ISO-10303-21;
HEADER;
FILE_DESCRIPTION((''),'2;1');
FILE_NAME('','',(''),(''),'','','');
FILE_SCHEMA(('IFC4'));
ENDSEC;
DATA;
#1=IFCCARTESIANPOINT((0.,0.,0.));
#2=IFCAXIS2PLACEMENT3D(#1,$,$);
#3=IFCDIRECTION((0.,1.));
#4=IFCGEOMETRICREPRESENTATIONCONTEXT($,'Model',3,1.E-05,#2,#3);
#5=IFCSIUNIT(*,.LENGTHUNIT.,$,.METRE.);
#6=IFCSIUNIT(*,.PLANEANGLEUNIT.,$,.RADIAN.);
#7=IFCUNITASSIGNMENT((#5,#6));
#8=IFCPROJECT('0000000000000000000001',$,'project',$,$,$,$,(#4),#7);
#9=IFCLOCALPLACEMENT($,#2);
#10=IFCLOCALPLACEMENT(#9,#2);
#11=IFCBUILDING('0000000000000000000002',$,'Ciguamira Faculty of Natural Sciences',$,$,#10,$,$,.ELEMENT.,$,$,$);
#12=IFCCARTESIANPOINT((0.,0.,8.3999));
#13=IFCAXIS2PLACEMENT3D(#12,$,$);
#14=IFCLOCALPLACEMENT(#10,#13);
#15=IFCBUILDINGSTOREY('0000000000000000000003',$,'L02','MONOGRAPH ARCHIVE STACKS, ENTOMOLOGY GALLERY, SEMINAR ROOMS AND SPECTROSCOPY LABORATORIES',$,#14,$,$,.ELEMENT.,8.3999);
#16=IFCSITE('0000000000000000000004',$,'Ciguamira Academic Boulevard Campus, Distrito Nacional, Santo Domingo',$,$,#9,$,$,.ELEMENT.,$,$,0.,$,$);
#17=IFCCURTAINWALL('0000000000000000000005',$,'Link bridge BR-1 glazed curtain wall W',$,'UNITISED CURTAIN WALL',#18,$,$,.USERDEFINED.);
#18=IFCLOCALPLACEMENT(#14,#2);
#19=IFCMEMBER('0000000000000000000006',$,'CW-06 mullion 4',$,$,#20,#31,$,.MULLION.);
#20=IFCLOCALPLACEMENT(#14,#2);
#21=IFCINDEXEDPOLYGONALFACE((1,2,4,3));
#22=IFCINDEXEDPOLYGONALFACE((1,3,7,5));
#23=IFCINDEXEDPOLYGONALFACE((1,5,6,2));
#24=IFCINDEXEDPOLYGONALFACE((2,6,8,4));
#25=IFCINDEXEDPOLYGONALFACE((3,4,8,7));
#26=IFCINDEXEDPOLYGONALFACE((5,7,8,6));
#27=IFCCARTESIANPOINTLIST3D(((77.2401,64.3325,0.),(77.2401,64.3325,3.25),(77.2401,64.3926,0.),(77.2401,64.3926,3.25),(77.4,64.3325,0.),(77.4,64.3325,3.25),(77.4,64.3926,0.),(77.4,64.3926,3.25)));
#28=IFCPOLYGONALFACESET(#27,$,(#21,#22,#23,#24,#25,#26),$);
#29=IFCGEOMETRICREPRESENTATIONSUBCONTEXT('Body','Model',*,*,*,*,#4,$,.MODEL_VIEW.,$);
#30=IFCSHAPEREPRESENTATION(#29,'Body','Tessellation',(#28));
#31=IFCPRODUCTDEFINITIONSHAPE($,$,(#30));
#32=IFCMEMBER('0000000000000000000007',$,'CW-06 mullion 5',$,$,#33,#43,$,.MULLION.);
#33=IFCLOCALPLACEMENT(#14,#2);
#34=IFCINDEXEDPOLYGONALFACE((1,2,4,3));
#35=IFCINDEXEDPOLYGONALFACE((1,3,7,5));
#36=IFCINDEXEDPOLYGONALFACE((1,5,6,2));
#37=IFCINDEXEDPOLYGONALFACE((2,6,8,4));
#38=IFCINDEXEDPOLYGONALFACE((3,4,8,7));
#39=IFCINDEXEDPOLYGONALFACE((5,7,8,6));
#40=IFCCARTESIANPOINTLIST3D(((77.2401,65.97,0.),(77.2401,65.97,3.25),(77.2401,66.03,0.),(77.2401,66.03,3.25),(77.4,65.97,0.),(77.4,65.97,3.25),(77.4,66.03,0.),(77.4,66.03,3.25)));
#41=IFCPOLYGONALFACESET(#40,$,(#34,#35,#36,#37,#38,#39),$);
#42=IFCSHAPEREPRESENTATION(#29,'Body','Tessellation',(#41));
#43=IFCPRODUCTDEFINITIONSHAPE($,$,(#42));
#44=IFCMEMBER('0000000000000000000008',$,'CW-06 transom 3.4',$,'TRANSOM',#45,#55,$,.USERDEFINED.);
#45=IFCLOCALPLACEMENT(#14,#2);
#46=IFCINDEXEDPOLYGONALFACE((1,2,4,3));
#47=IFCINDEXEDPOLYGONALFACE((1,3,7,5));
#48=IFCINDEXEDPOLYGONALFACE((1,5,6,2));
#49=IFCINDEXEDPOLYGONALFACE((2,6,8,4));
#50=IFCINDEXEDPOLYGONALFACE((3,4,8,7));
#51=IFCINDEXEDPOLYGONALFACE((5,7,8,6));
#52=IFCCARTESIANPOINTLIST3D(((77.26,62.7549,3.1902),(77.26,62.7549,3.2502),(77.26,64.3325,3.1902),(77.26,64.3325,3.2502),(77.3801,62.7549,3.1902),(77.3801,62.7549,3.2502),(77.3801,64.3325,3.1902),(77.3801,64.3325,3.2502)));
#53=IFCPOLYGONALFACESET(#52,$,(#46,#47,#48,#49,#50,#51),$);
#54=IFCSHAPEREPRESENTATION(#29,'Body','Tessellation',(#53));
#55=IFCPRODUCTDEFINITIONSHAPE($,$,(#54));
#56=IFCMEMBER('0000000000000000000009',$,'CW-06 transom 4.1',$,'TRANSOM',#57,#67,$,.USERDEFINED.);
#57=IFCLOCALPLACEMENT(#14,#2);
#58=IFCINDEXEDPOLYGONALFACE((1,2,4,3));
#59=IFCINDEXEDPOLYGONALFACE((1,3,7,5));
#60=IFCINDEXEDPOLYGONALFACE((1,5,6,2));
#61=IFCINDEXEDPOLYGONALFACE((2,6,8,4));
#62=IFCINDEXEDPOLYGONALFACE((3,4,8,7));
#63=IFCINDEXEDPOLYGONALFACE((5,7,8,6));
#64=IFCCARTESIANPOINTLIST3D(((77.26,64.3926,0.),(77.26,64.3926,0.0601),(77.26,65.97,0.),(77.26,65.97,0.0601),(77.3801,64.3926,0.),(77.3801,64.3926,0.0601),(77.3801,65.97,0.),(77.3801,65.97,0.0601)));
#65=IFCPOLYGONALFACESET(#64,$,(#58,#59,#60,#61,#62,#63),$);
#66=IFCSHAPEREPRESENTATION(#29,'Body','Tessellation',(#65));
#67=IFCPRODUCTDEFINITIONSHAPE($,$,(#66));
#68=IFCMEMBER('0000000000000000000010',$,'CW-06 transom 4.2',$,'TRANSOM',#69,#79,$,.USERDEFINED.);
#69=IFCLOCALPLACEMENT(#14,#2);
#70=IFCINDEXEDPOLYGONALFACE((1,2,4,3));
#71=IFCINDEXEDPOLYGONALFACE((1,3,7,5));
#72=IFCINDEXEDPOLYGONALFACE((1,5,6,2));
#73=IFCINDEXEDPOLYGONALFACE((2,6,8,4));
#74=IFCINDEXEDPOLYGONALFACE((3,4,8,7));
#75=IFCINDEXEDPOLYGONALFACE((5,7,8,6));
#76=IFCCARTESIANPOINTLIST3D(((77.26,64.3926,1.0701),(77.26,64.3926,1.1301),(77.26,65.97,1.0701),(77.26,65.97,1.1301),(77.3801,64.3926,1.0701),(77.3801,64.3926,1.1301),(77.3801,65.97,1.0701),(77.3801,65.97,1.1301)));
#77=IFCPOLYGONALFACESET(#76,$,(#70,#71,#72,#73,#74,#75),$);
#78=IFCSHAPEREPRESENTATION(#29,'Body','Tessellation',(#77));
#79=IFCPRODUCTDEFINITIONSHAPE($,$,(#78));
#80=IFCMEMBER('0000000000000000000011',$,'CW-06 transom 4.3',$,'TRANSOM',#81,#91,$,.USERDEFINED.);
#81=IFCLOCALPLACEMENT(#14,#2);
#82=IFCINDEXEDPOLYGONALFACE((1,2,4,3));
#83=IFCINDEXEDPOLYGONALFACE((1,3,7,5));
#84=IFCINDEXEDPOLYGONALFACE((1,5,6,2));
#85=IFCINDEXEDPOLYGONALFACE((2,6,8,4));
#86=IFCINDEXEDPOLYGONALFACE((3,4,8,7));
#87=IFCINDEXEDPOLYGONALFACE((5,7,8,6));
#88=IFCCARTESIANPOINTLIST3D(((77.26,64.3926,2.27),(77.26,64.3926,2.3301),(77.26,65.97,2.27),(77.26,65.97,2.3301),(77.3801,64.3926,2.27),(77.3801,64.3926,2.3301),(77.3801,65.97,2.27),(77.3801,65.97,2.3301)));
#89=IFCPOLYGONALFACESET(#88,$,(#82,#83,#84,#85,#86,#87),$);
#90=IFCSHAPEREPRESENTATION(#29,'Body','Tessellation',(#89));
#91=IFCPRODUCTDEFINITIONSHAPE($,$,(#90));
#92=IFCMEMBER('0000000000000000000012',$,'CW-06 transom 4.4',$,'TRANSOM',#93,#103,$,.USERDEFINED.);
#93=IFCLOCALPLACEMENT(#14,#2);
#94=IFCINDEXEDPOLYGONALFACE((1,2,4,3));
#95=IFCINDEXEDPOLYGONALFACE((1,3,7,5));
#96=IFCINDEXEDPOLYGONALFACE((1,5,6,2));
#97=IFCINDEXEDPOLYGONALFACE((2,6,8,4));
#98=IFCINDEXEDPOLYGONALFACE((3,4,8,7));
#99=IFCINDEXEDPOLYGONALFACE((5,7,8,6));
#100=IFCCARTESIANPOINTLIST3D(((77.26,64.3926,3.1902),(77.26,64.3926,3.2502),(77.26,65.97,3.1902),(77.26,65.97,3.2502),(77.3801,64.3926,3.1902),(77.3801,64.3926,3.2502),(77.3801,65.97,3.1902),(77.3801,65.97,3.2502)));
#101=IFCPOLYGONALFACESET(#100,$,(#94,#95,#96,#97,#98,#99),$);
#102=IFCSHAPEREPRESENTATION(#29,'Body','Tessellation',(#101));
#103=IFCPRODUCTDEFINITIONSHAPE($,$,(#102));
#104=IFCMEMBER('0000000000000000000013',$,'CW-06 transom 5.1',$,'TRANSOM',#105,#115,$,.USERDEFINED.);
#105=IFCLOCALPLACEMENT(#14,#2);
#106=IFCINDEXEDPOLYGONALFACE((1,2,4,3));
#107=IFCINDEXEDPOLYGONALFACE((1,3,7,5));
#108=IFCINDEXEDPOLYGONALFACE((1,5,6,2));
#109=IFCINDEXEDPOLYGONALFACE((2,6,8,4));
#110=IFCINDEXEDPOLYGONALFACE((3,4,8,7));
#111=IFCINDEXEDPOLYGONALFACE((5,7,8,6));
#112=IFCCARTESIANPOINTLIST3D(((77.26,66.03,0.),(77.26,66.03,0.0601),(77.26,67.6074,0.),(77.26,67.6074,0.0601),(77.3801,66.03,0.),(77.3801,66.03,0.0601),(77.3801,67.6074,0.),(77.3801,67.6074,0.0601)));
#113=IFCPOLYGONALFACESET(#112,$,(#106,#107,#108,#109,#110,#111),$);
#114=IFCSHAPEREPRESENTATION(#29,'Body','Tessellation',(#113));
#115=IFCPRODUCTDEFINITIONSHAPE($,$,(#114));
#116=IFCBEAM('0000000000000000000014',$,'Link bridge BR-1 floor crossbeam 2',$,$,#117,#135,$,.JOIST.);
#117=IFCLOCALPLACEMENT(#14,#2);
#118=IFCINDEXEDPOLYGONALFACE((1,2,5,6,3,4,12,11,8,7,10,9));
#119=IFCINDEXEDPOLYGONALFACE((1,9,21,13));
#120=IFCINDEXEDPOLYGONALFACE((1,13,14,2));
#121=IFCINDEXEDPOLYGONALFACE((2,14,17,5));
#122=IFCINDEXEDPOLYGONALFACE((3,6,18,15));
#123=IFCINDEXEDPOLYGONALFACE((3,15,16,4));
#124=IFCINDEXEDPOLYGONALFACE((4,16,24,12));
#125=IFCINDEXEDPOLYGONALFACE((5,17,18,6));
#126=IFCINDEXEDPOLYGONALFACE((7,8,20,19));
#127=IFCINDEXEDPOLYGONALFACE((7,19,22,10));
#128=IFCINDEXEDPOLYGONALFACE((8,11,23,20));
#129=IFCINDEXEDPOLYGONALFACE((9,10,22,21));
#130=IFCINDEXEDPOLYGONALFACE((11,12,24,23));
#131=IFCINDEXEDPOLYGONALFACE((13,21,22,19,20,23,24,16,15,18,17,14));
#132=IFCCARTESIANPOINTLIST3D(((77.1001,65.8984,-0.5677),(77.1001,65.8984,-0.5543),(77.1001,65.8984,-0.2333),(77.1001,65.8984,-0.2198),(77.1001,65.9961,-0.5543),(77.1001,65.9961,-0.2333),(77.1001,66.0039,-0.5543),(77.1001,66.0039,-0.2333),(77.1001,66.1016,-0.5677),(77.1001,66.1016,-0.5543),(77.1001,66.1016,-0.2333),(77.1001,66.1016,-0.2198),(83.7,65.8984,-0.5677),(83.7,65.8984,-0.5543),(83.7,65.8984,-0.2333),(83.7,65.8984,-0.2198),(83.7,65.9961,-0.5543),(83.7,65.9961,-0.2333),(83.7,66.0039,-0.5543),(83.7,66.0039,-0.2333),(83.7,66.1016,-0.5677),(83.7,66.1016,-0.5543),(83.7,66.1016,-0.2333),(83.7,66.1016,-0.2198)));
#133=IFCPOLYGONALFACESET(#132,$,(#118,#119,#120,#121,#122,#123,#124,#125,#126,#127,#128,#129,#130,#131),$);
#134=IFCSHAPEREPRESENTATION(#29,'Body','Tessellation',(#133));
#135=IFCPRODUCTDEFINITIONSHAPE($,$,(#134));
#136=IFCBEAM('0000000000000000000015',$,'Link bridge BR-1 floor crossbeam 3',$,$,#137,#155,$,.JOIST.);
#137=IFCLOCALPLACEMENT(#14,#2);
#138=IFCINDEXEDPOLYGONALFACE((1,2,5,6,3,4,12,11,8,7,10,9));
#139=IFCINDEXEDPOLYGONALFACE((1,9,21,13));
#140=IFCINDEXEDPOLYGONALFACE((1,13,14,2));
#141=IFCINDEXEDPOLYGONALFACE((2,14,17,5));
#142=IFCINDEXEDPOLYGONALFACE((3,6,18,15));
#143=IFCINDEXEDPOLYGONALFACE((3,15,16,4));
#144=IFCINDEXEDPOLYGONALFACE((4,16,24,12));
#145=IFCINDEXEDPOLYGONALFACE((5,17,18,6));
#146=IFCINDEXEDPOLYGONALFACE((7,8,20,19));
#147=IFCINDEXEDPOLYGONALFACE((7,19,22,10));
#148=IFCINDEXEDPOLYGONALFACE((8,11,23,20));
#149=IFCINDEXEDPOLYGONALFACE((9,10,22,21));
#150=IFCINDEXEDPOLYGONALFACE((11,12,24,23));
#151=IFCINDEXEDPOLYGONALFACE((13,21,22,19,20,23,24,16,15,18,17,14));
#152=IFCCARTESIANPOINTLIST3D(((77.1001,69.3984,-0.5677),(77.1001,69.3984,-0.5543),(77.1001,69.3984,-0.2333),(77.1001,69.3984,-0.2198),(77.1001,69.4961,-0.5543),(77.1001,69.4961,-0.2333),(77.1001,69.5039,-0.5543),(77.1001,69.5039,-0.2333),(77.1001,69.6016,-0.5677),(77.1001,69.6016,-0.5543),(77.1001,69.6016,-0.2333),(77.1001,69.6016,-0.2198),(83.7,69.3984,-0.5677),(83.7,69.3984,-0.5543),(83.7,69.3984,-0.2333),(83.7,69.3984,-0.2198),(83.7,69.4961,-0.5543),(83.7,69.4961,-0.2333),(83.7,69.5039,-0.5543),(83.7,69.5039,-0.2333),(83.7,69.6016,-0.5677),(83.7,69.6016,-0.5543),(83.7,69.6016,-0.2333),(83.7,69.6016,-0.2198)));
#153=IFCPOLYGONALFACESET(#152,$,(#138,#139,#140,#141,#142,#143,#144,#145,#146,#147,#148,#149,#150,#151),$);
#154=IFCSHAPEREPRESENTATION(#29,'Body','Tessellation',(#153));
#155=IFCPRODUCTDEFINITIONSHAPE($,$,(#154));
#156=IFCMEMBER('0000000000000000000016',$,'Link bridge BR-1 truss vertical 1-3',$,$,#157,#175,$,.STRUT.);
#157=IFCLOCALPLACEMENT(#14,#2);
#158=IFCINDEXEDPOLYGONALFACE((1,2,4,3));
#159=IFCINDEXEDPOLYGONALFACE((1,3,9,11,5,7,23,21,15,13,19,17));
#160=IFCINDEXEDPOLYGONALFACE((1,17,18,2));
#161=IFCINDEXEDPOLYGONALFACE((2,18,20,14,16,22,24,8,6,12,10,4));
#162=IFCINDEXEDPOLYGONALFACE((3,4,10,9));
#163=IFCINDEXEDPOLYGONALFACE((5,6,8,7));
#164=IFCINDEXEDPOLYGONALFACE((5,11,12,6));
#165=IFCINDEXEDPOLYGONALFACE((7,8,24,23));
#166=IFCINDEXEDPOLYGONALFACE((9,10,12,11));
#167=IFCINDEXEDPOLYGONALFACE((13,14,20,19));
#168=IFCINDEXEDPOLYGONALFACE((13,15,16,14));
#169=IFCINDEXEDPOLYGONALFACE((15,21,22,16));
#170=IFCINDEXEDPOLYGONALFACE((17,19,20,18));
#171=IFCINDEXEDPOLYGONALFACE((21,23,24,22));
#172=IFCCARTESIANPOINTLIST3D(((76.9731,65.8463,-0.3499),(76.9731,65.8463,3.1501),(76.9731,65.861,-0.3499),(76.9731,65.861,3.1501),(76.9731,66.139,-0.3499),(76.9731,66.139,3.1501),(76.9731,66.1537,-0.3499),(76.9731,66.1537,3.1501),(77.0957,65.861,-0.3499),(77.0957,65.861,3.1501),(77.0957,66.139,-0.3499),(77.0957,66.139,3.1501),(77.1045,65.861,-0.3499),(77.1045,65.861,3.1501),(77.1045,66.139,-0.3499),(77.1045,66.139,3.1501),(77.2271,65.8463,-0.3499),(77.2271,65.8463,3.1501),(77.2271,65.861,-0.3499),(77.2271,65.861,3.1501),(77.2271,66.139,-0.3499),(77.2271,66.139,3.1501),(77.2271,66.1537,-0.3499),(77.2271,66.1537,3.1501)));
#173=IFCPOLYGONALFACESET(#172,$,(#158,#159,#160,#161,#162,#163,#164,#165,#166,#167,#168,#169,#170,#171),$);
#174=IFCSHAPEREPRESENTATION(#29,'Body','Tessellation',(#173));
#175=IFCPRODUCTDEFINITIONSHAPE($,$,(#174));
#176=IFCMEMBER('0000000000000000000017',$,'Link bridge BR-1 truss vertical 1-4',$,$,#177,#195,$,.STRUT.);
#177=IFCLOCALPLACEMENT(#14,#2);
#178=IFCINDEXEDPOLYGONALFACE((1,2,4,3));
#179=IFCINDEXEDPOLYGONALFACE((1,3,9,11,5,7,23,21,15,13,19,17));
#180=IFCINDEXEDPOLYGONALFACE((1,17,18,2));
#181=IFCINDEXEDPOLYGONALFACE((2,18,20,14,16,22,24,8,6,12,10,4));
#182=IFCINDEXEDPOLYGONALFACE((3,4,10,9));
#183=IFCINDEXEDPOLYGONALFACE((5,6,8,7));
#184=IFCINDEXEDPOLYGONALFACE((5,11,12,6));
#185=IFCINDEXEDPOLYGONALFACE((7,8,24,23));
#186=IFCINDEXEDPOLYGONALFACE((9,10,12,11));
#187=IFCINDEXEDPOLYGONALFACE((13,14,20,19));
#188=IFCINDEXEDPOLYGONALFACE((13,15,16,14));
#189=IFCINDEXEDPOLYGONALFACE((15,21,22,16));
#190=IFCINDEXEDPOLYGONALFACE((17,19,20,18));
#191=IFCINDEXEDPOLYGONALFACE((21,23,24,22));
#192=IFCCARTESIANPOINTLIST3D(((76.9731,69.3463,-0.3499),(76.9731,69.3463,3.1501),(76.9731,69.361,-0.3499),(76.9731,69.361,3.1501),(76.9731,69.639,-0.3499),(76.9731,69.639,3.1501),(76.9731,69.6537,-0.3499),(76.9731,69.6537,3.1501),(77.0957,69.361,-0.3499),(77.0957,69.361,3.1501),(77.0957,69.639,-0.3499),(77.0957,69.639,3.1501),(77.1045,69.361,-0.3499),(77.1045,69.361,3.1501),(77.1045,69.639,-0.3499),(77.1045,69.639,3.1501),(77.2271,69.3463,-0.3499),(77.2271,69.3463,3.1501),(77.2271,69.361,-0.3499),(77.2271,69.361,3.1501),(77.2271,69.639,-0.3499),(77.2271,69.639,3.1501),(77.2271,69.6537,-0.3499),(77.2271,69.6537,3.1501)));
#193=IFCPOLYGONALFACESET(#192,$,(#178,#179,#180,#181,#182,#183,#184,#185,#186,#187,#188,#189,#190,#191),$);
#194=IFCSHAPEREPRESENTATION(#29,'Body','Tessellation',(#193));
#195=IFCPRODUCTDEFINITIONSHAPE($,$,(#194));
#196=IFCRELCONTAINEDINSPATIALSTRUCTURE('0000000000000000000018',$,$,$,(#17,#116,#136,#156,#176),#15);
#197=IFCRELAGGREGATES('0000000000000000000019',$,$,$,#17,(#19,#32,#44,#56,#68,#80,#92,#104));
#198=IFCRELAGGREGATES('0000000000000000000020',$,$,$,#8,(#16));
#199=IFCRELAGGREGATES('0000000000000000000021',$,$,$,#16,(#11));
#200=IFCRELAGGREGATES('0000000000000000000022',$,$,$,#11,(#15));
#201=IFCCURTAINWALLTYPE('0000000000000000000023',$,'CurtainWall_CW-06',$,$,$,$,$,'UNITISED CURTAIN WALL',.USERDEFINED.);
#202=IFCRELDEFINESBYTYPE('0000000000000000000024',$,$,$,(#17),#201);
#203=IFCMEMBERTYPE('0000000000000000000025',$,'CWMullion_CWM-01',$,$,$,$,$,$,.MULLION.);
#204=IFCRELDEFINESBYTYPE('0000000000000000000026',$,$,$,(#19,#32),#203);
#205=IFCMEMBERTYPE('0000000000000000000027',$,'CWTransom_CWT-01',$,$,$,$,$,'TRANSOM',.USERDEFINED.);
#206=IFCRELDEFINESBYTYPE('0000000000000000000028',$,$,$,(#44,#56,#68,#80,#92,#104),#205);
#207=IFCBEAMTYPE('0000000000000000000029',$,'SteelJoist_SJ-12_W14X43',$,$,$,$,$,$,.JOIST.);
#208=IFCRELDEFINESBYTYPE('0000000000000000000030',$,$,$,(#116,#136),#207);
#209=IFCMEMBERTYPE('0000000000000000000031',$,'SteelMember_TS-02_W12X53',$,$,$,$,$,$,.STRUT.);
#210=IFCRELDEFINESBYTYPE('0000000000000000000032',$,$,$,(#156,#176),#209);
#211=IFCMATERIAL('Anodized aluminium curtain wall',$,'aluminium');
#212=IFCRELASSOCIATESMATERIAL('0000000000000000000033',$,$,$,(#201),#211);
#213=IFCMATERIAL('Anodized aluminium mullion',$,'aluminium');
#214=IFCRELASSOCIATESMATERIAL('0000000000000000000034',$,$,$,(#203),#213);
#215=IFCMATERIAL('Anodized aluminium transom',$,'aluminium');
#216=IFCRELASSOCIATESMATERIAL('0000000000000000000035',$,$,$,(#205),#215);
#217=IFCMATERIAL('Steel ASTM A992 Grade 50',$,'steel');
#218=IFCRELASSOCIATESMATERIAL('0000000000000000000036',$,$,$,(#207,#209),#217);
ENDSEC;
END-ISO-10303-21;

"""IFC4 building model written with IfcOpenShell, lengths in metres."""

from ifc_helpers import new_model, si_unit, direction, frame, origin, origin_2d, place, context, subcontext, project, spatial, rectangle, i_section, extrude, material, material_profile, profile_set, type_object, element, aggregate, save


model = new_model("IFC4")

# Units and contexts
model_context = context("Model", 3, precision=1e-05, world=origin(), true_north=direction((0.0, 1.0)))
body_context = subcontext(model_context, "Body", "Model", "MODEL_VIEW")
ifc_project = project(units=[si_unit("LENGTHUNIT", "METRE"), si_unit("PLANEANGLEUNIT", "RADIAN")], contexts=[model_context])

# Site, building, storey
site_placement = place(None, origin())
site = spatial("IfcSite", under=ifc_project, at=site_placement, Name="Ciguamira Academic Boulevard Campus, Distrito Nacional, Santo Domingo", CompositionType="ELEMENT", RefElevation=0.0)
building_placement = place(site_placement, origin())
building = spatial("IfcBuilding", under=site, at=building_placement, Name="Ciguamira Faculty of Natural Sciences", CompositionType="ELEMENT")
storey_placement = place(building_placement, frame((0.0, 0.0, 8.3999)))
storey = spatial("IfcBuildingStorey", under=building, at=storey_placement, Name="L02", Description="MONOGRAPH ARCHIVE STACKS, ENTOMOLOGY GALLERY, SEMINAR ROOMS AND SPECTROSCOPY LABORATORIES", CompositionType="ELEMENT", Elevation=8.3999)

# Curtain wall, members
ifc_material_1 = material(Name="Anodized aluminium curtain wall", Category="aluminium")
curtain_wall_type = type_object("IfcCurtainWallType", Name="CurtainWall_CW-06", ElementType="UNITISED CURTAIN WALL", PredefinedType="USERDEFINED", material=ifc_material_1)
curtain_wall_placement = place(storey_placement, origin())
curtain_wall = element("IfcCurtainWall", 1, at=curtain_wall_placement, inside=storey, type_object=curtain_wall_type, Name="Link bridge BR-1 glazed curtain wall W", ObjectType="UNITISED CURTAIN WALL", PredefinedType="USERDEFINED")
ifc_material_2 = material(Name="Anodized aluminium mullion", Category="aluminium")
ifc_material_profile_1 = material_profile(ifc_material_2, rectangle(XDim=0.0601, YDim=0.1599, at=origin_2d()), Name="ALU-MUL-60X160")
ifc_profile_set_1 = profile_set([ifc_material_profile_1], Name="Anodized aluminium mullion")
member_type_1 = type_object("IfcMemberType", Name="CWMullion_CWM-01", PredefinedType="MULLION", material=ifc_profile_set_1)
member_1_placement = place(storey_placement, frame((77.3201, 64.3625, 0.0), z_axis=(0.0, 0.0, 1.0), x_axis=(0.0, 1.0, 0.0)))
member_1 = element("IfcMember", 2, at=member_1_placement, type_object=member_type_1, Name="CW-06 mullion 4", PredefinedType="MULLION", context=body_context, shape_type="SweptSolid", body=[
    extrude(rectangle(XDim=0.0601, YDim=0.1599, at=origin_2d()), origin(), (0.0, 0.0, 1.0), 3.25),
])
member_2_placement = place(storey_placement, frame((77.3201, 66.0, 0.0), z_axis=(0.0, 0.0, 1.0), x_axis=(0.0, 1.0, 0.0)))
member_2 = element("IfcMember", 3, at=member_2_placement, type_object=member_type_1, Name="CW-06 mullion 5", PredefinedType="MULLION", context=body_context, shape_type="SweptSolid", body=[
    extrude(rectangle(XDim=0.0601, YDim=0.1599, at=origin_2d()), origin(), (0.0, 0.0, 1.0), 3.25),
])
ifc_material_3 = material(Name="Anodized aluminium transom", Category="aluminium")
ifc_material_profile_2 = material_profile(ifc_material_3, rectangle(XDim=0.0601, YDim=0.1201, at=origin_2d()), Name="ALU-TRN-60X120")
ifc_profile_set_2 = profile_set([ifc_material_profile_2], Name="Anodized aluminium transom")
member_type_2 = type_object("IfcMemberType", Name="CWTransom_CWT-01", ElementType="TRANSOM", PredefinedType="USERDEFINED", material=ifc_profile_set_2)
member_3_placement = place(storey_placement, frame((77.3201, 62.7549, 3.2202), z_axis=(0.0, 1.0, 0.0), x_axis=(0.0, 0.0, 1.0)))
member_3 = element("IfcMember", 4, at=member_3_placement, type_object=member_type_2, Name="CW-06 transom 3.4", ObjectType="TRANSOM", PredefinedType="USERDEFINED", context=body_context, shape_type="SweptSolid", body=[
    extrude(rectangle(XDim=0.0601, YDim=0.1201, at=origin_2d()), origin(), (0.0, 0.0, 1.0), 1.5776),
])
member_4_placement = place(storey_placement, frame((77.3201, 64.3926, 0.03), z_axis=(0.0, 1.0, 0.0), x_axis=(0.0, 0.0, 1.0)))
member_4 = element("IfcMember", 5, at=member_4_placement, type_object=member_type_2, Name="CW-06 transom 4.1", ObjectType="TRANSOM", PredefinedType="USERDEFINED", context=body_context, shape_type="SweptSolid", body=[
    extrude(rectangle(XDim=0.0601, YDim=0.1201, at=origin_2d()), origin(), (0.0, 0.0, 1.0), 1.5774),
])
member_5_placement = place(storey_placement, frame((77.3201, 64.3926, 1.1001), z_axis=(0.0, 1.0, 0.0), x_axis=(0.0, 0.0, 1.0)))
member_5 = element("IfcMember", 6, at=member_5_placement, type_object=member_type_2, Name="CW-06 transom 4.2", ObjectType="TRANSOM", PredefinedType="USERDEFINED", context=body_context, shape_type="SweptSolid", body=[
    extrude(rectangle(XDim=0.0601, YDim=0.1201, at=origin_2d()), origin(), (0.0, 0.0, 1.0), 1.5774),
])
member_6_placement = place(storey_placement, frame((77.3201, 64.3926, 2.3), z_axis=(0.0, 1.0, 0.0), x_axis=(0.0, 0.0, 1.0)))
member_6 = element("IfcMember", 7, at=member_6_placement, type_object=member_type_2, Name="CW-06 transom 4.3", ObjectType="TRANSOM", PredefinedType="USERDEFINED", context=body_context, shape_type="SweptSolid", body=[
    extrude(rectangle(XDim=0.0601, YDim=0.1201, at=origin_2d()), origin(), (0.0, 0.0, 1.0), 1.5774),
])
member_7_placement = place(storey_placement, frame((77.3201, 64.3926, 3.2202), z_axis=(0.0, 1.0, 0.0), x_axis=(0.0, 0.0, 1.0)))
member_7 = element("IfcMember", 8, at=member_7_placement, type_object=member_type_2, Name="CW-06 transom 4.4", ObjectType="TRANSOM", PredefinedType="USERDEFINED", context=body_context, shape_type="SweptSolid", body=[
    extrude(rectangle(XDim=0.0601, YDim=0.1201, at=origin_2d()), origin(), (0.0, 0.0, 1.0), 1.5774),
])
member_8_placement = place(storey_placement, frame((77.3201, 66.03, 0.03), z_axis=(0.0, 1.0, 0.0), x_axis=(0.0, 0.0, 1.0)))
member_8 = element("IfcMember", 9, at=member_8_placement, type_object=member_type_2, Name="CW-06 transom 5.1", ObjectType="TRANSOM", PredefinedType="USERDEFINED", context=body_context, shape_type="SweptSolid", body=[
    extrude(rectangle(XDim=0.0601, YDim=0.1201, at=origin_2d()), origin(), (0.0, 0.0, 1.0), 1.5774),
])

# Beams
ifc_material_4 = material(Name="Steel ASTM A992 Grade 50", Category="steel")
ifc_material_profile_3 = material_profile(ifc_material_4, i_section(OverallWidth=0.2031, OverallDepth=0.3479, WebThickness=0.0078, FlangeThickness=0.0134, at=origin_2d()), Name="W14X43")
ifc_profile_set_3 = profile_set([ifc_material_profile_3], Name="Steel ASTM A992 Grade 50")
beam_type = type_object("IfcBeamType", Name="SteelJoist_SJ-12_W14X43", PredefinedType="JOIST", material=ifc_profile_set_3)
for number, where, z_axis, x_axis, name in (
    (10, (77.1001, 66.0, -0.3938), (1.0, 0.0, 0.0), (0.0, 1.0, 0.0), "Link bridge BR-1 floor crossbeam 2"),
    (11, (77.1001, 69.5, -0.3938), (1.0, 0.0, 0.0), (0.0, 1.0, 0.0), "Link bridge BR-1 floor crossbeam 3"),
):
    element("IfcBeam", number, at=place(storey_placement, frame(where, z_axis=z_axis, x_axis=x_axis)), inside=storey, type_object=beam_type, Name=name, PredefinedType="JOIST", context=body_context, shape_type="SweptSolid", body=[
        extrude(i_section(OverallWidth=0.2031, OverallDepth=0.3479, WebThickness=0.0078, FlangeThickness=0.0134, at=origin_2d()), origin(), (0.0, 0.0, 1.0), 6.5999),
    ])

# Members
ifc_material_profile_4 = material_profile(ifc_material_4, i_section(OverallWidth=0.2539, OverallDepth=0.3074, WebThickness=0.0088, FlangeThickness=0.0146, at=origin_2d()), Name="W12X53")
ifc_profile_set_4 = profile_set([ifc_material_profile_4], Name="Steel ASTM A992 Grade 50")
member_type_3 = type_object("IfcMemberType", Name="SteelMember_TS-02_W12X53", PredefinedType="STRUT", material=ifc_profile_set_4)
for number, where, z_axis, x_axis, name in (
    (12, (77.1001, 66.0, -0.3499), (0.0, 0.0, 1.0), (1.0, 0.0, 0.0), "Link bridge BR-1 truss vertical 1-3"),
    (13, (77.1001, 69.5, -0.3499), (0.0, 0.0, 1.0), (1.0, 0.0, 0.0), "Link bridge BR-1 truss vertical 1-4"),
):
    element("IfcMember", number, at=place(storey_placement, frame(where, z_axis=z_axis, x_axis=x_axis)), inside=storey, type_object=member_type_3, Name=name, PredefinedType="STRUT", context=body_context, shape_type="SweptSolid", body=[
        extrude(i_section(OverallWidth=0.2539, OverallDepth=0.3074, WebThickness=0.0088, FlangeThickness=0.0146, at=origin_2d()), origin(), (0.0, 0.0, 1.0), 3.5),
    ])

aggregate(curtain_wall, [member_1, member_2, member_3, member_4, member_5, member_6, member_7, member_8])

save(model, "model.ifc")
